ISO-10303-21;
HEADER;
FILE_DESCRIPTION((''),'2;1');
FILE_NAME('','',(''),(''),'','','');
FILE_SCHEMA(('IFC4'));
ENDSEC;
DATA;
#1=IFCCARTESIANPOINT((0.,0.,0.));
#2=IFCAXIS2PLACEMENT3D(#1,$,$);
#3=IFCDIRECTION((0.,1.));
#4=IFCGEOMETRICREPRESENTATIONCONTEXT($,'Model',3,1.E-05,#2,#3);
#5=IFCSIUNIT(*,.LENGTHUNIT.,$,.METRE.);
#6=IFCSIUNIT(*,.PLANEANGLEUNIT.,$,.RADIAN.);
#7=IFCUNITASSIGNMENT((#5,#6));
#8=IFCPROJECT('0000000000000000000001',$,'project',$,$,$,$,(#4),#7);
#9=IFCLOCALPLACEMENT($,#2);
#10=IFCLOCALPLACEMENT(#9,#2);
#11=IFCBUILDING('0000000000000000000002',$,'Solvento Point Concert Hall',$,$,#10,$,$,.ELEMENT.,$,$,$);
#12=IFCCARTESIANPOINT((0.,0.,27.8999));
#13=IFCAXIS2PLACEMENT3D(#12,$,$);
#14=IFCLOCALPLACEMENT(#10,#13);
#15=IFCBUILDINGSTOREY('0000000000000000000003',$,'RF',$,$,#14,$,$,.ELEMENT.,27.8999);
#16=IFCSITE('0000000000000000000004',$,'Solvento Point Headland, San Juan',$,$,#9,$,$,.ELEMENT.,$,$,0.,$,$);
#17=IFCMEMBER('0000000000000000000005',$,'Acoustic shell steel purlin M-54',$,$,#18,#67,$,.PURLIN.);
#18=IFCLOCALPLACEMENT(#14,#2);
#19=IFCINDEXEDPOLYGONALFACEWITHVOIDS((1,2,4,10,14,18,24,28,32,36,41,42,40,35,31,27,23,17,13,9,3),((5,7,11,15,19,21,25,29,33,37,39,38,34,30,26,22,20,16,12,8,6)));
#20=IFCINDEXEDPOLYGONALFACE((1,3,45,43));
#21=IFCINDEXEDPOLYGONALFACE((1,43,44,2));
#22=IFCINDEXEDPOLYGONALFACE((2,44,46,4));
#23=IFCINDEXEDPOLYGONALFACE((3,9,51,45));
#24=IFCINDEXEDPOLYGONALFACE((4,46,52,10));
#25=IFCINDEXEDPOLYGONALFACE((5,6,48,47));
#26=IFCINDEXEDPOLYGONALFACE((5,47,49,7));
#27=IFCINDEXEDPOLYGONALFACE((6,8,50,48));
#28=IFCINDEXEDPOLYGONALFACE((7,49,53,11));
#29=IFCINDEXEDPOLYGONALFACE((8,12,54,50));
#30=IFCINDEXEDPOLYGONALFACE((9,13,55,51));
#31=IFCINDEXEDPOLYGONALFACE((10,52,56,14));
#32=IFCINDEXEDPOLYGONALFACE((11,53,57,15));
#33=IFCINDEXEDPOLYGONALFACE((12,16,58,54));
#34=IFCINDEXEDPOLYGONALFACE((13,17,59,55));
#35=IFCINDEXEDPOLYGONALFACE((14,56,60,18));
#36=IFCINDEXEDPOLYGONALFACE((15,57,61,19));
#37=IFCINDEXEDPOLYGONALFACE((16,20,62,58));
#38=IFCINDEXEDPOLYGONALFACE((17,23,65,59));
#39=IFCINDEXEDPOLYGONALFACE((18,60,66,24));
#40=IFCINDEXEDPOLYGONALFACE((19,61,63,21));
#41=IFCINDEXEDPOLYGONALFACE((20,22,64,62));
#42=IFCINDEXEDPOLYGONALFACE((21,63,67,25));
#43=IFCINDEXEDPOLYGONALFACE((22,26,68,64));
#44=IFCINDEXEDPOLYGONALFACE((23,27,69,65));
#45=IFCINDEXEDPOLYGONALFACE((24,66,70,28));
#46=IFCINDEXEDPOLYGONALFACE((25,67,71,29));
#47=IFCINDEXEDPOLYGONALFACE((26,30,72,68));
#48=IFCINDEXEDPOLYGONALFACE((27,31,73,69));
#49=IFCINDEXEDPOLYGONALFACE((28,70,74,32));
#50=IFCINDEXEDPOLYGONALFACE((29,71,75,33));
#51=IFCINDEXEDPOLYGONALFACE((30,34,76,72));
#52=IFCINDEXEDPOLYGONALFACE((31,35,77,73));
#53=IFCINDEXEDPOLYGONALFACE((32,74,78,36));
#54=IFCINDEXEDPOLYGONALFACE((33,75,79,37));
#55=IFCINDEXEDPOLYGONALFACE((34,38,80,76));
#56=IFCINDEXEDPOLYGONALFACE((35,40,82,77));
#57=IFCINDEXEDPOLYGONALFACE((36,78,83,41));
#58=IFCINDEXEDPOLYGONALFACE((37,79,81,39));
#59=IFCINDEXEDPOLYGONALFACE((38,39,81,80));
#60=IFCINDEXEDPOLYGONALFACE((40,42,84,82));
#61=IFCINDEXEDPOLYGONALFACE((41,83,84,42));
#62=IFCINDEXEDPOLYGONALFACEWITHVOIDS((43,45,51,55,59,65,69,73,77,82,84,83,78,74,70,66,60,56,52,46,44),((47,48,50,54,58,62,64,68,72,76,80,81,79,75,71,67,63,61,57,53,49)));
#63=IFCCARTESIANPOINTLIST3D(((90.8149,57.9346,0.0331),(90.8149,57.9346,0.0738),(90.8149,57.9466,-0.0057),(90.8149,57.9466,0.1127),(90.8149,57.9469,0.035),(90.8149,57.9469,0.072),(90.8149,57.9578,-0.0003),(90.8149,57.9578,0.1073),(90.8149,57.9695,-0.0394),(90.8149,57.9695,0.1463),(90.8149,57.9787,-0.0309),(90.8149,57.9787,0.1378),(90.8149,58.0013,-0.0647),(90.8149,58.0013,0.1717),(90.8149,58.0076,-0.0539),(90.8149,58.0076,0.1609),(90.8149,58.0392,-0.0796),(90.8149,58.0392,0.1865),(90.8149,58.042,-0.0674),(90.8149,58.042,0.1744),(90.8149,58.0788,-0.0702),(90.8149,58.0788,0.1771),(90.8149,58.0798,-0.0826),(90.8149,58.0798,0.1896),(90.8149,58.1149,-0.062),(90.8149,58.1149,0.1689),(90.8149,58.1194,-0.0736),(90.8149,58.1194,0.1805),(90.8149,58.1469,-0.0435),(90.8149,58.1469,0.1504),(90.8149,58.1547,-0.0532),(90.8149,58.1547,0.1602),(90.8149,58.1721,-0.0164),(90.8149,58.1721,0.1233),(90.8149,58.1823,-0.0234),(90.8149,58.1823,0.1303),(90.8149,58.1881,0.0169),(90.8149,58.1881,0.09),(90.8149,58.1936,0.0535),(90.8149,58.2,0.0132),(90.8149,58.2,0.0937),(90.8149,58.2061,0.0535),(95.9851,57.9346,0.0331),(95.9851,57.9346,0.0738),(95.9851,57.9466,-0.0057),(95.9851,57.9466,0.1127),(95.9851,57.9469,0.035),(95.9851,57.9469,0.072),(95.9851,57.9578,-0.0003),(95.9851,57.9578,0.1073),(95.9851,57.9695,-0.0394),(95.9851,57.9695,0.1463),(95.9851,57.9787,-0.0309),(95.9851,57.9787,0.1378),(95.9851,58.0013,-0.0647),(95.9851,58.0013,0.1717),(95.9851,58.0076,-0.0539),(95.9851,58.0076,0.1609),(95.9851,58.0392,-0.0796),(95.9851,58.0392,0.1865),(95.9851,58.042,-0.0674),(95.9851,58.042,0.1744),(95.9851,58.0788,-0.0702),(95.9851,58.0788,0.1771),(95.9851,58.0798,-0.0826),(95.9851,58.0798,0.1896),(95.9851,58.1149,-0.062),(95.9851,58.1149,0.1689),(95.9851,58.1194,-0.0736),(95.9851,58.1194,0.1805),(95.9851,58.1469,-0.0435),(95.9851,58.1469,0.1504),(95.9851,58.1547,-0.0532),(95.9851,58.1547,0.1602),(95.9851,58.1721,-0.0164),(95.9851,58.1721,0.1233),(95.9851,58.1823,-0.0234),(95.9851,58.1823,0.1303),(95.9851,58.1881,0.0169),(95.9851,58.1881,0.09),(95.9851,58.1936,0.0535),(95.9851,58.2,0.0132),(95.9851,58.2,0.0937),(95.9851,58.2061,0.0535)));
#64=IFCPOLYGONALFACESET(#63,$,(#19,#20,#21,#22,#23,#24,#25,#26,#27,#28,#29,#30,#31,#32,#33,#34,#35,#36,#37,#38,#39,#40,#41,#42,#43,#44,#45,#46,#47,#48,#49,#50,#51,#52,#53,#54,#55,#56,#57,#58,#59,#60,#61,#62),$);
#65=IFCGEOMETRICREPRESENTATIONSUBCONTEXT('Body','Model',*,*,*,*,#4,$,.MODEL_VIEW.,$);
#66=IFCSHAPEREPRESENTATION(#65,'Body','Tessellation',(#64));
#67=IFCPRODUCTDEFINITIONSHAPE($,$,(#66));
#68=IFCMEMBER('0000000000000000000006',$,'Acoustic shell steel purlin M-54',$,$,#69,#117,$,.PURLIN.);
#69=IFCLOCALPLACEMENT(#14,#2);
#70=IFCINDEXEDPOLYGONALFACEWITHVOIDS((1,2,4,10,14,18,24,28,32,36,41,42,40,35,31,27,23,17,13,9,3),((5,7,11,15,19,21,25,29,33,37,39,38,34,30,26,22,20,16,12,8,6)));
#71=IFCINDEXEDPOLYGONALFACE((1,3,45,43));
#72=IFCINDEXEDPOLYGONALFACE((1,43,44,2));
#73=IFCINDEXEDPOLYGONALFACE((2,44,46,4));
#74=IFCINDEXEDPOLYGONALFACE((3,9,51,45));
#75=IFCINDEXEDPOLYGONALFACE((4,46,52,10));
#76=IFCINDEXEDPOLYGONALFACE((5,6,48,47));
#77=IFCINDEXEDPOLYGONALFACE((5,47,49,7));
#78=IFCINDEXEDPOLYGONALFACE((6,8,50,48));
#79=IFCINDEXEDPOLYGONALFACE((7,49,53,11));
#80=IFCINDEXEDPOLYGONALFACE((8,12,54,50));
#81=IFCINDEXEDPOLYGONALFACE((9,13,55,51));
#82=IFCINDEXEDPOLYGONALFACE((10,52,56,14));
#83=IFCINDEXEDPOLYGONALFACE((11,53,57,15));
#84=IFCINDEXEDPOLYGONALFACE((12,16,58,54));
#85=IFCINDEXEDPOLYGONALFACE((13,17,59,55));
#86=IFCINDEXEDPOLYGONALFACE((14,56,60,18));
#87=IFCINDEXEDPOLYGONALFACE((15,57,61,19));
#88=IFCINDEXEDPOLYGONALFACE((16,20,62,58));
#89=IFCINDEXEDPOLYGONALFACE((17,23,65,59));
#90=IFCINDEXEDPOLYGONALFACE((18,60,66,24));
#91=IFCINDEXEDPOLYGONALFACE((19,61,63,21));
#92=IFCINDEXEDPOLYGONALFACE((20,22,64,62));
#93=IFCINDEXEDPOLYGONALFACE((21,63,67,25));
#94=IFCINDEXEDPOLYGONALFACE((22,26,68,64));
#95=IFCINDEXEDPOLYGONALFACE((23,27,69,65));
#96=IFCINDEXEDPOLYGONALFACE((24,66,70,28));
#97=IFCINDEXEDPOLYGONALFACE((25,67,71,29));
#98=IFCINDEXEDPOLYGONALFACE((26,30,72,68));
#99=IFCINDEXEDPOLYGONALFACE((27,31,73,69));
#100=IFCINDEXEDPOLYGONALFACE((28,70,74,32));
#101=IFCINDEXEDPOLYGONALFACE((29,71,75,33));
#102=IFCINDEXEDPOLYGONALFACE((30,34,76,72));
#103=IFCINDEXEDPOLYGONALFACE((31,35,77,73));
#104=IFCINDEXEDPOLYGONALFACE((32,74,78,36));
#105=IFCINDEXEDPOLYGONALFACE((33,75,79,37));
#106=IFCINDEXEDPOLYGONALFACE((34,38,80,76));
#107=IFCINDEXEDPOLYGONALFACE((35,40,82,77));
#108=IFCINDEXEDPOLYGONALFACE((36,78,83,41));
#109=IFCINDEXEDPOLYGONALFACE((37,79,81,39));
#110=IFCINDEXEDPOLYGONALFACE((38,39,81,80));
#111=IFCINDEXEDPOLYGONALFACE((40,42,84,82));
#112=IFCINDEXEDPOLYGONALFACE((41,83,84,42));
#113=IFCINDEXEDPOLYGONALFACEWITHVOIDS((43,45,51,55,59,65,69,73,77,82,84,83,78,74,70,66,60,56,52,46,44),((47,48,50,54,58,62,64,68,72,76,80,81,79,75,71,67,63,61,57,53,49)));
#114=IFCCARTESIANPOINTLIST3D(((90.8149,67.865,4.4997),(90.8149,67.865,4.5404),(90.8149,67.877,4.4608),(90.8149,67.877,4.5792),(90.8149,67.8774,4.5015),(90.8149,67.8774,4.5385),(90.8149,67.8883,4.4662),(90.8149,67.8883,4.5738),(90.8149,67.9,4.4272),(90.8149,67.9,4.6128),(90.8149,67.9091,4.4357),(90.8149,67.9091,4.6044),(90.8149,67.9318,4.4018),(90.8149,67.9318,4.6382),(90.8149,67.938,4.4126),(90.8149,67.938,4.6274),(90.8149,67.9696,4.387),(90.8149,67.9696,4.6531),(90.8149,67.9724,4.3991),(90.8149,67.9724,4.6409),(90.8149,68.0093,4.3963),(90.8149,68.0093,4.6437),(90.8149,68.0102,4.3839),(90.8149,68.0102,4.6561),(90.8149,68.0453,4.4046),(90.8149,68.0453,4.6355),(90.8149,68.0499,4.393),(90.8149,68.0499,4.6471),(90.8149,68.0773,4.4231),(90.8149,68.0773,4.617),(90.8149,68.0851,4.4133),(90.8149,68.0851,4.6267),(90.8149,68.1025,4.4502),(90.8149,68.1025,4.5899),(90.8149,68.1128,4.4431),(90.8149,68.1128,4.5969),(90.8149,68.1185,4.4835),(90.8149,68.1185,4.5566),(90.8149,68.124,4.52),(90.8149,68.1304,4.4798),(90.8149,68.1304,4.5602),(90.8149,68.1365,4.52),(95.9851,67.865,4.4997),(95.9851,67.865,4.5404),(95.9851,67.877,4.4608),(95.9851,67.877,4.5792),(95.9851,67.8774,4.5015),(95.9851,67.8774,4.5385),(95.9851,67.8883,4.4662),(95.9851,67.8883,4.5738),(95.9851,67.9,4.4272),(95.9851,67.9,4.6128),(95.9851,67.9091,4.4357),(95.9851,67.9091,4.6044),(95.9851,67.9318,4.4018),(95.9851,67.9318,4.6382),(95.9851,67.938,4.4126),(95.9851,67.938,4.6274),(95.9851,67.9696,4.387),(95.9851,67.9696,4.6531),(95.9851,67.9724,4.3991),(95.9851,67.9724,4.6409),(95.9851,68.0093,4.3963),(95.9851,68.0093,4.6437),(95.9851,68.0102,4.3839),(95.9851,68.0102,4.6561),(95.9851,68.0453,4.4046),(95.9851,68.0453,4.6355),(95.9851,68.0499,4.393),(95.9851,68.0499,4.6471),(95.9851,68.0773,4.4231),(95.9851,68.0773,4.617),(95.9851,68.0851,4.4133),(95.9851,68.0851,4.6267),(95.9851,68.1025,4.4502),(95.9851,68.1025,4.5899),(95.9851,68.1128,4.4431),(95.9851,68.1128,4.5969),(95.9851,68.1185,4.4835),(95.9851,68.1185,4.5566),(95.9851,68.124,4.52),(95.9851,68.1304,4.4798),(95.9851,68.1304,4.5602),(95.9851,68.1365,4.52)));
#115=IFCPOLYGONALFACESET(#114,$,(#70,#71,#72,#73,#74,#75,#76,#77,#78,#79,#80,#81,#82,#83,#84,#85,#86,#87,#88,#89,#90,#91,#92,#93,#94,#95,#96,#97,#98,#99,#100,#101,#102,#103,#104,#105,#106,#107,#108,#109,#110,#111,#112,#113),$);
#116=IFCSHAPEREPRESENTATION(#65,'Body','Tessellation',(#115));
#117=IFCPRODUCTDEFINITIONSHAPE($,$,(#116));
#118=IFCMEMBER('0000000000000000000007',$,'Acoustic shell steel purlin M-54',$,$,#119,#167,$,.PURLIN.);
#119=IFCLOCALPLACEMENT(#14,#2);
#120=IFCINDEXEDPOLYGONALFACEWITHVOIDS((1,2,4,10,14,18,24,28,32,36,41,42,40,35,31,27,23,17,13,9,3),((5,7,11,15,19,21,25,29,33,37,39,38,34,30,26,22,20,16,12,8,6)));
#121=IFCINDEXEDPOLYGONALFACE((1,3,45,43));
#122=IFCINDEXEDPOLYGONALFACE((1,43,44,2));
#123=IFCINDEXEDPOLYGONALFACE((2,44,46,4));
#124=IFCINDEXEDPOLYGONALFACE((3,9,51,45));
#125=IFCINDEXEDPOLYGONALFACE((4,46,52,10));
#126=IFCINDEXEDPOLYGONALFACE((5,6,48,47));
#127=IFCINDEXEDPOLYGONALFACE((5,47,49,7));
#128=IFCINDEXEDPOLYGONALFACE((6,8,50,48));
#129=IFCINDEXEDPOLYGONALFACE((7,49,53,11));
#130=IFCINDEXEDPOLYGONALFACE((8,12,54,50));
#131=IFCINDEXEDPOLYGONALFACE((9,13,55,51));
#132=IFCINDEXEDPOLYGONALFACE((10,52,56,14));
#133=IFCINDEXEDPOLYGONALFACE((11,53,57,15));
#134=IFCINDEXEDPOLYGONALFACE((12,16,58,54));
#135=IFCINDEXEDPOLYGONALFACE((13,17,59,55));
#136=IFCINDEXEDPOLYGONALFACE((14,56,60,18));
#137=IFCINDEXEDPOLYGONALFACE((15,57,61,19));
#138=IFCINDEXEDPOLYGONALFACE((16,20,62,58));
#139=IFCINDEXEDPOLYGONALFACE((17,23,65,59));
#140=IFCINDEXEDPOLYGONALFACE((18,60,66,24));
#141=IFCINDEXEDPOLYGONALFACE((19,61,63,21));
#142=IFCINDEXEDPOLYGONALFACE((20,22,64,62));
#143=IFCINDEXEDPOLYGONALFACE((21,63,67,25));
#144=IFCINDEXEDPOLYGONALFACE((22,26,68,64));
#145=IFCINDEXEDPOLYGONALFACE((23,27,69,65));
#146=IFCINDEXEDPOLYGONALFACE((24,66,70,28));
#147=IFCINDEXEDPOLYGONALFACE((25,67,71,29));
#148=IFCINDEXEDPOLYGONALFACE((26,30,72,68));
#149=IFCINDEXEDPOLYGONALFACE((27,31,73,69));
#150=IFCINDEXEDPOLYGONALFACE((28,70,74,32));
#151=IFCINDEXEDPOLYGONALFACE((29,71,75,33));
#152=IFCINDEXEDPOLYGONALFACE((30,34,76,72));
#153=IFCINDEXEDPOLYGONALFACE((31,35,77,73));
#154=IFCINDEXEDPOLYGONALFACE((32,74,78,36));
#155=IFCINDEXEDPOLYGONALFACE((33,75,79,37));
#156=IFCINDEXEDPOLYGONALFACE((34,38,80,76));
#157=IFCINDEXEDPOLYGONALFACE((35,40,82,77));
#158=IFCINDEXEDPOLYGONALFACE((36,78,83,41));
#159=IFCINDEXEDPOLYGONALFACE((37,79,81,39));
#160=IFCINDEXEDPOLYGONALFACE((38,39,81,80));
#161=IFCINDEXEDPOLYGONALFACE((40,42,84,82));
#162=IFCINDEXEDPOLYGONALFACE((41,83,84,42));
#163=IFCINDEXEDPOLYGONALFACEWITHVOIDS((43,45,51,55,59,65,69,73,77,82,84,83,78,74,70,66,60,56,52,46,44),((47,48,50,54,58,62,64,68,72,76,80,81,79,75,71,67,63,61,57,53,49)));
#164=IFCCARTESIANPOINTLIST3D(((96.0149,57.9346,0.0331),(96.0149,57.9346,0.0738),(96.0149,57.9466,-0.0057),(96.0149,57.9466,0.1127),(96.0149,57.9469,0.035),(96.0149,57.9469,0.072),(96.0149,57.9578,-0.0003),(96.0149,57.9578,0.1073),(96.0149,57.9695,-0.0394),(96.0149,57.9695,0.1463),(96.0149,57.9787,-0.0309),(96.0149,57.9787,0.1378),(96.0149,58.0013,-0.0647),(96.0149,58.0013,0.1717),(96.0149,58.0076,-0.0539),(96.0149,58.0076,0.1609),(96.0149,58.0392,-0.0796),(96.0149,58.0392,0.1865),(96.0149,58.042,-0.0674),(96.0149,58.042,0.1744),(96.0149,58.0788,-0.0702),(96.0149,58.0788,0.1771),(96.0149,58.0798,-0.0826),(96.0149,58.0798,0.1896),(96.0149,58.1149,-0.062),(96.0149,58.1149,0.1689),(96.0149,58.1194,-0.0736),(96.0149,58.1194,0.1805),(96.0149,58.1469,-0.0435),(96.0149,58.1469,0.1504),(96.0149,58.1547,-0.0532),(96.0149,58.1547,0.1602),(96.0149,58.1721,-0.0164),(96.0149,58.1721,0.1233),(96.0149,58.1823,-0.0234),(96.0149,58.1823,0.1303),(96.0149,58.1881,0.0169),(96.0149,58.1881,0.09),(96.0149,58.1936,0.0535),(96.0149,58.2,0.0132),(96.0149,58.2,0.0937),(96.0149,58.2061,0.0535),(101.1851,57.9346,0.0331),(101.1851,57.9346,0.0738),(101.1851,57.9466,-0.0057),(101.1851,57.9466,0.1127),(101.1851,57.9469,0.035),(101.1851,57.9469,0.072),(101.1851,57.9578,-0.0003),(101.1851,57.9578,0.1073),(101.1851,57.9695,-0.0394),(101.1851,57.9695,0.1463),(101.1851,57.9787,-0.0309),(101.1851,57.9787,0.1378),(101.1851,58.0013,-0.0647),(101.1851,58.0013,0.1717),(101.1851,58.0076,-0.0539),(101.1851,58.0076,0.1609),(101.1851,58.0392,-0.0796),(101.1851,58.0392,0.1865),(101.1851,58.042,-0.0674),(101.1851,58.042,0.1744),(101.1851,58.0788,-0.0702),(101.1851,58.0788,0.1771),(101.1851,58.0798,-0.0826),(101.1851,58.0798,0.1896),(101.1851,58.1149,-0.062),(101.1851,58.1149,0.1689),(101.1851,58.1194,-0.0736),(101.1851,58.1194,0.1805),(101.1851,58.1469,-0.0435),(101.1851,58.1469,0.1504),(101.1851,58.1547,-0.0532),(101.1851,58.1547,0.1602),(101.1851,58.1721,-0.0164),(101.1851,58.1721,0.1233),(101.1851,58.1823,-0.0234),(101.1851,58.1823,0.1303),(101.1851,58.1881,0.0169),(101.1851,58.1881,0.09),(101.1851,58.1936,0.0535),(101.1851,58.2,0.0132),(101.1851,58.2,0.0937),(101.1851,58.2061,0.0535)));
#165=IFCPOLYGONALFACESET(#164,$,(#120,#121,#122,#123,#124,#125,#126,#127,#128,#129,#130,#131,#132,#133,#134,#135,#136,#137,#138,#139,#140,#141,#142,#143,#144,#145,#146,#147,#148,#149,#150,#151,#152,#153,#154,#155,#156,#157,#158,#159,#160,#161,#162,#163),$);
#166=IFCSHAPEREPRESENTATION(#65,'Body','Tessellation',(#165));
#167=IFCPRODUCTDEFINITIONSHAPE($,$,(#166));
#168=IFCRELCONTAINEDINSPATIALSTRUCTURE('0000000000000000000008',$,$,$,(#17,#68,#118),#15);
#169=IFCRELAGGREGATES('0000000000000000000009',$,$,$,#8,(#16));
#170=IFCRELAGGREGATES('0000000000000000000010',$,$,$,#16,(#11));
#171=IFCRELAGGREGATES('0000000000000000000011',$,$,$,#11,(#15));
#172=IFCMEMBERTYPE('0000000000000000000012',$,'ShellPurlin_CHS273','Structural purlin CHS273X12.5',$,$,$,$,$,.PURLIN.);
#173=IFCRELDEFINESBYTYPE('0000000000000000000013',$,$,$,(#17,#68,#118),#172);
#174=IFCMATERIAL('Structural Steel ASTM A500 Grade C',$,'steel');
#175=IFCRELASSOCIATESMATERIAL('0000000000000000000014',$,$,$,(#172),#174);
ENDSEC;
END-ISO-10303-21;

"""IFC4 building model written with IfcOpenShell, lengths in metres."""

from ifc_helpers import new_model, si_unit, direction, frame, origin, origin_2d, place, context, subcontext, project, spatial, hollow_circle, extrude, material, material_profile, profile_set, type_object, element, save


model = new_model("IFC4")

# Units and contexts
model_context = context("Model", 3, precision=1e-05, world=origin(), true_north=direction((0.0, 1.0)))
body_context = subcontext(model_context, "Body", "Model", "MODEL_VIEW")
ifc_project = project(units=[si_unit("LENGTHUNIT", "METRE"), si_unit("PLANEANGLEUNIT", "RADIAN")], contexts=[model_context])

# Site, building, storey
site_placement = place(None, origin())
site = spatial("IfcSite", under=ifc_project, at=site_placement, Name="Solvento Point Headland, San Juan", CompositionType="ELEMENT", RefElevation=0.0)
building_placement = place(site_placement, origin())
building = spatial("IfcBuilding", under=site, at=building_placement, Name="Solvento Point Concert Hall", CompositionType="ELEMENT")
storey_placement = place(building_placement, frame((0.0, 0.0, 27.8999)))
storey = spatial("IfcBuildingStorey", under=building, at=storey_placement, Name="RF", CompositionType="ELEMENT", Elevation=27.8999)

# Members
ifc_material_1 = material(Name="Structural Steel ASTM A500 Grade C", Category="steel")
ifc_material_profile_1 = material_profile(ifc_material_1, hollow_circle(Radius=0.1365, WallThickness=0.0125, at=origin_2d()), Name="CHS273X12.5")
ifc_profile_set_1 = profile_set([ifc_material_profile_1], Name="Structural Steel ASTM A500 Grade C")
member_type_1 = type_object("IfcMemberType", Name="ShellPurlin_CHS273", Description="Structural purlin CHS273X12.5", PredefinedType="PURLIN", material=ifc_profile_set_1)
for number, where, z_axis, x_axis, name in (
    (1, (90.8149, 58.0696, 0.0535), (1.0, 0.0, 0.0), (0.0, 1.0, 0.0), "Acoustic shell steel purlin M-54"),
    (2, (90.8149, 68.0, 4.52), (1.0, 0.0, 0.0), (0.0, 1.0, 0.0), "Acoustic shell steel purlin M-54"),
    (3, (96.0149, 58.0696, 0.0535), (1.0, 0.0, 0.0), (0.0, 1.0, 0.0), "Acoustic shell steel purlin M-54"),
):
    element("IfcMember", number, at=place(storey_placement, frame(where, z_axis=z_axis, x_axis=x_axis)), inside=storey, type_object=member_type_1, Name=name, PredefinedType="PURLIN", context=body_context, shape_type="SweptSolid", body=[
        extrude(hollow_circle(Radius=0.1365, WallThickness=0.0125, at=origin_2d()), origin(), (0.0, 0.0, 1.0), 5.1702),
    ])

save(model, "model.ifc")
